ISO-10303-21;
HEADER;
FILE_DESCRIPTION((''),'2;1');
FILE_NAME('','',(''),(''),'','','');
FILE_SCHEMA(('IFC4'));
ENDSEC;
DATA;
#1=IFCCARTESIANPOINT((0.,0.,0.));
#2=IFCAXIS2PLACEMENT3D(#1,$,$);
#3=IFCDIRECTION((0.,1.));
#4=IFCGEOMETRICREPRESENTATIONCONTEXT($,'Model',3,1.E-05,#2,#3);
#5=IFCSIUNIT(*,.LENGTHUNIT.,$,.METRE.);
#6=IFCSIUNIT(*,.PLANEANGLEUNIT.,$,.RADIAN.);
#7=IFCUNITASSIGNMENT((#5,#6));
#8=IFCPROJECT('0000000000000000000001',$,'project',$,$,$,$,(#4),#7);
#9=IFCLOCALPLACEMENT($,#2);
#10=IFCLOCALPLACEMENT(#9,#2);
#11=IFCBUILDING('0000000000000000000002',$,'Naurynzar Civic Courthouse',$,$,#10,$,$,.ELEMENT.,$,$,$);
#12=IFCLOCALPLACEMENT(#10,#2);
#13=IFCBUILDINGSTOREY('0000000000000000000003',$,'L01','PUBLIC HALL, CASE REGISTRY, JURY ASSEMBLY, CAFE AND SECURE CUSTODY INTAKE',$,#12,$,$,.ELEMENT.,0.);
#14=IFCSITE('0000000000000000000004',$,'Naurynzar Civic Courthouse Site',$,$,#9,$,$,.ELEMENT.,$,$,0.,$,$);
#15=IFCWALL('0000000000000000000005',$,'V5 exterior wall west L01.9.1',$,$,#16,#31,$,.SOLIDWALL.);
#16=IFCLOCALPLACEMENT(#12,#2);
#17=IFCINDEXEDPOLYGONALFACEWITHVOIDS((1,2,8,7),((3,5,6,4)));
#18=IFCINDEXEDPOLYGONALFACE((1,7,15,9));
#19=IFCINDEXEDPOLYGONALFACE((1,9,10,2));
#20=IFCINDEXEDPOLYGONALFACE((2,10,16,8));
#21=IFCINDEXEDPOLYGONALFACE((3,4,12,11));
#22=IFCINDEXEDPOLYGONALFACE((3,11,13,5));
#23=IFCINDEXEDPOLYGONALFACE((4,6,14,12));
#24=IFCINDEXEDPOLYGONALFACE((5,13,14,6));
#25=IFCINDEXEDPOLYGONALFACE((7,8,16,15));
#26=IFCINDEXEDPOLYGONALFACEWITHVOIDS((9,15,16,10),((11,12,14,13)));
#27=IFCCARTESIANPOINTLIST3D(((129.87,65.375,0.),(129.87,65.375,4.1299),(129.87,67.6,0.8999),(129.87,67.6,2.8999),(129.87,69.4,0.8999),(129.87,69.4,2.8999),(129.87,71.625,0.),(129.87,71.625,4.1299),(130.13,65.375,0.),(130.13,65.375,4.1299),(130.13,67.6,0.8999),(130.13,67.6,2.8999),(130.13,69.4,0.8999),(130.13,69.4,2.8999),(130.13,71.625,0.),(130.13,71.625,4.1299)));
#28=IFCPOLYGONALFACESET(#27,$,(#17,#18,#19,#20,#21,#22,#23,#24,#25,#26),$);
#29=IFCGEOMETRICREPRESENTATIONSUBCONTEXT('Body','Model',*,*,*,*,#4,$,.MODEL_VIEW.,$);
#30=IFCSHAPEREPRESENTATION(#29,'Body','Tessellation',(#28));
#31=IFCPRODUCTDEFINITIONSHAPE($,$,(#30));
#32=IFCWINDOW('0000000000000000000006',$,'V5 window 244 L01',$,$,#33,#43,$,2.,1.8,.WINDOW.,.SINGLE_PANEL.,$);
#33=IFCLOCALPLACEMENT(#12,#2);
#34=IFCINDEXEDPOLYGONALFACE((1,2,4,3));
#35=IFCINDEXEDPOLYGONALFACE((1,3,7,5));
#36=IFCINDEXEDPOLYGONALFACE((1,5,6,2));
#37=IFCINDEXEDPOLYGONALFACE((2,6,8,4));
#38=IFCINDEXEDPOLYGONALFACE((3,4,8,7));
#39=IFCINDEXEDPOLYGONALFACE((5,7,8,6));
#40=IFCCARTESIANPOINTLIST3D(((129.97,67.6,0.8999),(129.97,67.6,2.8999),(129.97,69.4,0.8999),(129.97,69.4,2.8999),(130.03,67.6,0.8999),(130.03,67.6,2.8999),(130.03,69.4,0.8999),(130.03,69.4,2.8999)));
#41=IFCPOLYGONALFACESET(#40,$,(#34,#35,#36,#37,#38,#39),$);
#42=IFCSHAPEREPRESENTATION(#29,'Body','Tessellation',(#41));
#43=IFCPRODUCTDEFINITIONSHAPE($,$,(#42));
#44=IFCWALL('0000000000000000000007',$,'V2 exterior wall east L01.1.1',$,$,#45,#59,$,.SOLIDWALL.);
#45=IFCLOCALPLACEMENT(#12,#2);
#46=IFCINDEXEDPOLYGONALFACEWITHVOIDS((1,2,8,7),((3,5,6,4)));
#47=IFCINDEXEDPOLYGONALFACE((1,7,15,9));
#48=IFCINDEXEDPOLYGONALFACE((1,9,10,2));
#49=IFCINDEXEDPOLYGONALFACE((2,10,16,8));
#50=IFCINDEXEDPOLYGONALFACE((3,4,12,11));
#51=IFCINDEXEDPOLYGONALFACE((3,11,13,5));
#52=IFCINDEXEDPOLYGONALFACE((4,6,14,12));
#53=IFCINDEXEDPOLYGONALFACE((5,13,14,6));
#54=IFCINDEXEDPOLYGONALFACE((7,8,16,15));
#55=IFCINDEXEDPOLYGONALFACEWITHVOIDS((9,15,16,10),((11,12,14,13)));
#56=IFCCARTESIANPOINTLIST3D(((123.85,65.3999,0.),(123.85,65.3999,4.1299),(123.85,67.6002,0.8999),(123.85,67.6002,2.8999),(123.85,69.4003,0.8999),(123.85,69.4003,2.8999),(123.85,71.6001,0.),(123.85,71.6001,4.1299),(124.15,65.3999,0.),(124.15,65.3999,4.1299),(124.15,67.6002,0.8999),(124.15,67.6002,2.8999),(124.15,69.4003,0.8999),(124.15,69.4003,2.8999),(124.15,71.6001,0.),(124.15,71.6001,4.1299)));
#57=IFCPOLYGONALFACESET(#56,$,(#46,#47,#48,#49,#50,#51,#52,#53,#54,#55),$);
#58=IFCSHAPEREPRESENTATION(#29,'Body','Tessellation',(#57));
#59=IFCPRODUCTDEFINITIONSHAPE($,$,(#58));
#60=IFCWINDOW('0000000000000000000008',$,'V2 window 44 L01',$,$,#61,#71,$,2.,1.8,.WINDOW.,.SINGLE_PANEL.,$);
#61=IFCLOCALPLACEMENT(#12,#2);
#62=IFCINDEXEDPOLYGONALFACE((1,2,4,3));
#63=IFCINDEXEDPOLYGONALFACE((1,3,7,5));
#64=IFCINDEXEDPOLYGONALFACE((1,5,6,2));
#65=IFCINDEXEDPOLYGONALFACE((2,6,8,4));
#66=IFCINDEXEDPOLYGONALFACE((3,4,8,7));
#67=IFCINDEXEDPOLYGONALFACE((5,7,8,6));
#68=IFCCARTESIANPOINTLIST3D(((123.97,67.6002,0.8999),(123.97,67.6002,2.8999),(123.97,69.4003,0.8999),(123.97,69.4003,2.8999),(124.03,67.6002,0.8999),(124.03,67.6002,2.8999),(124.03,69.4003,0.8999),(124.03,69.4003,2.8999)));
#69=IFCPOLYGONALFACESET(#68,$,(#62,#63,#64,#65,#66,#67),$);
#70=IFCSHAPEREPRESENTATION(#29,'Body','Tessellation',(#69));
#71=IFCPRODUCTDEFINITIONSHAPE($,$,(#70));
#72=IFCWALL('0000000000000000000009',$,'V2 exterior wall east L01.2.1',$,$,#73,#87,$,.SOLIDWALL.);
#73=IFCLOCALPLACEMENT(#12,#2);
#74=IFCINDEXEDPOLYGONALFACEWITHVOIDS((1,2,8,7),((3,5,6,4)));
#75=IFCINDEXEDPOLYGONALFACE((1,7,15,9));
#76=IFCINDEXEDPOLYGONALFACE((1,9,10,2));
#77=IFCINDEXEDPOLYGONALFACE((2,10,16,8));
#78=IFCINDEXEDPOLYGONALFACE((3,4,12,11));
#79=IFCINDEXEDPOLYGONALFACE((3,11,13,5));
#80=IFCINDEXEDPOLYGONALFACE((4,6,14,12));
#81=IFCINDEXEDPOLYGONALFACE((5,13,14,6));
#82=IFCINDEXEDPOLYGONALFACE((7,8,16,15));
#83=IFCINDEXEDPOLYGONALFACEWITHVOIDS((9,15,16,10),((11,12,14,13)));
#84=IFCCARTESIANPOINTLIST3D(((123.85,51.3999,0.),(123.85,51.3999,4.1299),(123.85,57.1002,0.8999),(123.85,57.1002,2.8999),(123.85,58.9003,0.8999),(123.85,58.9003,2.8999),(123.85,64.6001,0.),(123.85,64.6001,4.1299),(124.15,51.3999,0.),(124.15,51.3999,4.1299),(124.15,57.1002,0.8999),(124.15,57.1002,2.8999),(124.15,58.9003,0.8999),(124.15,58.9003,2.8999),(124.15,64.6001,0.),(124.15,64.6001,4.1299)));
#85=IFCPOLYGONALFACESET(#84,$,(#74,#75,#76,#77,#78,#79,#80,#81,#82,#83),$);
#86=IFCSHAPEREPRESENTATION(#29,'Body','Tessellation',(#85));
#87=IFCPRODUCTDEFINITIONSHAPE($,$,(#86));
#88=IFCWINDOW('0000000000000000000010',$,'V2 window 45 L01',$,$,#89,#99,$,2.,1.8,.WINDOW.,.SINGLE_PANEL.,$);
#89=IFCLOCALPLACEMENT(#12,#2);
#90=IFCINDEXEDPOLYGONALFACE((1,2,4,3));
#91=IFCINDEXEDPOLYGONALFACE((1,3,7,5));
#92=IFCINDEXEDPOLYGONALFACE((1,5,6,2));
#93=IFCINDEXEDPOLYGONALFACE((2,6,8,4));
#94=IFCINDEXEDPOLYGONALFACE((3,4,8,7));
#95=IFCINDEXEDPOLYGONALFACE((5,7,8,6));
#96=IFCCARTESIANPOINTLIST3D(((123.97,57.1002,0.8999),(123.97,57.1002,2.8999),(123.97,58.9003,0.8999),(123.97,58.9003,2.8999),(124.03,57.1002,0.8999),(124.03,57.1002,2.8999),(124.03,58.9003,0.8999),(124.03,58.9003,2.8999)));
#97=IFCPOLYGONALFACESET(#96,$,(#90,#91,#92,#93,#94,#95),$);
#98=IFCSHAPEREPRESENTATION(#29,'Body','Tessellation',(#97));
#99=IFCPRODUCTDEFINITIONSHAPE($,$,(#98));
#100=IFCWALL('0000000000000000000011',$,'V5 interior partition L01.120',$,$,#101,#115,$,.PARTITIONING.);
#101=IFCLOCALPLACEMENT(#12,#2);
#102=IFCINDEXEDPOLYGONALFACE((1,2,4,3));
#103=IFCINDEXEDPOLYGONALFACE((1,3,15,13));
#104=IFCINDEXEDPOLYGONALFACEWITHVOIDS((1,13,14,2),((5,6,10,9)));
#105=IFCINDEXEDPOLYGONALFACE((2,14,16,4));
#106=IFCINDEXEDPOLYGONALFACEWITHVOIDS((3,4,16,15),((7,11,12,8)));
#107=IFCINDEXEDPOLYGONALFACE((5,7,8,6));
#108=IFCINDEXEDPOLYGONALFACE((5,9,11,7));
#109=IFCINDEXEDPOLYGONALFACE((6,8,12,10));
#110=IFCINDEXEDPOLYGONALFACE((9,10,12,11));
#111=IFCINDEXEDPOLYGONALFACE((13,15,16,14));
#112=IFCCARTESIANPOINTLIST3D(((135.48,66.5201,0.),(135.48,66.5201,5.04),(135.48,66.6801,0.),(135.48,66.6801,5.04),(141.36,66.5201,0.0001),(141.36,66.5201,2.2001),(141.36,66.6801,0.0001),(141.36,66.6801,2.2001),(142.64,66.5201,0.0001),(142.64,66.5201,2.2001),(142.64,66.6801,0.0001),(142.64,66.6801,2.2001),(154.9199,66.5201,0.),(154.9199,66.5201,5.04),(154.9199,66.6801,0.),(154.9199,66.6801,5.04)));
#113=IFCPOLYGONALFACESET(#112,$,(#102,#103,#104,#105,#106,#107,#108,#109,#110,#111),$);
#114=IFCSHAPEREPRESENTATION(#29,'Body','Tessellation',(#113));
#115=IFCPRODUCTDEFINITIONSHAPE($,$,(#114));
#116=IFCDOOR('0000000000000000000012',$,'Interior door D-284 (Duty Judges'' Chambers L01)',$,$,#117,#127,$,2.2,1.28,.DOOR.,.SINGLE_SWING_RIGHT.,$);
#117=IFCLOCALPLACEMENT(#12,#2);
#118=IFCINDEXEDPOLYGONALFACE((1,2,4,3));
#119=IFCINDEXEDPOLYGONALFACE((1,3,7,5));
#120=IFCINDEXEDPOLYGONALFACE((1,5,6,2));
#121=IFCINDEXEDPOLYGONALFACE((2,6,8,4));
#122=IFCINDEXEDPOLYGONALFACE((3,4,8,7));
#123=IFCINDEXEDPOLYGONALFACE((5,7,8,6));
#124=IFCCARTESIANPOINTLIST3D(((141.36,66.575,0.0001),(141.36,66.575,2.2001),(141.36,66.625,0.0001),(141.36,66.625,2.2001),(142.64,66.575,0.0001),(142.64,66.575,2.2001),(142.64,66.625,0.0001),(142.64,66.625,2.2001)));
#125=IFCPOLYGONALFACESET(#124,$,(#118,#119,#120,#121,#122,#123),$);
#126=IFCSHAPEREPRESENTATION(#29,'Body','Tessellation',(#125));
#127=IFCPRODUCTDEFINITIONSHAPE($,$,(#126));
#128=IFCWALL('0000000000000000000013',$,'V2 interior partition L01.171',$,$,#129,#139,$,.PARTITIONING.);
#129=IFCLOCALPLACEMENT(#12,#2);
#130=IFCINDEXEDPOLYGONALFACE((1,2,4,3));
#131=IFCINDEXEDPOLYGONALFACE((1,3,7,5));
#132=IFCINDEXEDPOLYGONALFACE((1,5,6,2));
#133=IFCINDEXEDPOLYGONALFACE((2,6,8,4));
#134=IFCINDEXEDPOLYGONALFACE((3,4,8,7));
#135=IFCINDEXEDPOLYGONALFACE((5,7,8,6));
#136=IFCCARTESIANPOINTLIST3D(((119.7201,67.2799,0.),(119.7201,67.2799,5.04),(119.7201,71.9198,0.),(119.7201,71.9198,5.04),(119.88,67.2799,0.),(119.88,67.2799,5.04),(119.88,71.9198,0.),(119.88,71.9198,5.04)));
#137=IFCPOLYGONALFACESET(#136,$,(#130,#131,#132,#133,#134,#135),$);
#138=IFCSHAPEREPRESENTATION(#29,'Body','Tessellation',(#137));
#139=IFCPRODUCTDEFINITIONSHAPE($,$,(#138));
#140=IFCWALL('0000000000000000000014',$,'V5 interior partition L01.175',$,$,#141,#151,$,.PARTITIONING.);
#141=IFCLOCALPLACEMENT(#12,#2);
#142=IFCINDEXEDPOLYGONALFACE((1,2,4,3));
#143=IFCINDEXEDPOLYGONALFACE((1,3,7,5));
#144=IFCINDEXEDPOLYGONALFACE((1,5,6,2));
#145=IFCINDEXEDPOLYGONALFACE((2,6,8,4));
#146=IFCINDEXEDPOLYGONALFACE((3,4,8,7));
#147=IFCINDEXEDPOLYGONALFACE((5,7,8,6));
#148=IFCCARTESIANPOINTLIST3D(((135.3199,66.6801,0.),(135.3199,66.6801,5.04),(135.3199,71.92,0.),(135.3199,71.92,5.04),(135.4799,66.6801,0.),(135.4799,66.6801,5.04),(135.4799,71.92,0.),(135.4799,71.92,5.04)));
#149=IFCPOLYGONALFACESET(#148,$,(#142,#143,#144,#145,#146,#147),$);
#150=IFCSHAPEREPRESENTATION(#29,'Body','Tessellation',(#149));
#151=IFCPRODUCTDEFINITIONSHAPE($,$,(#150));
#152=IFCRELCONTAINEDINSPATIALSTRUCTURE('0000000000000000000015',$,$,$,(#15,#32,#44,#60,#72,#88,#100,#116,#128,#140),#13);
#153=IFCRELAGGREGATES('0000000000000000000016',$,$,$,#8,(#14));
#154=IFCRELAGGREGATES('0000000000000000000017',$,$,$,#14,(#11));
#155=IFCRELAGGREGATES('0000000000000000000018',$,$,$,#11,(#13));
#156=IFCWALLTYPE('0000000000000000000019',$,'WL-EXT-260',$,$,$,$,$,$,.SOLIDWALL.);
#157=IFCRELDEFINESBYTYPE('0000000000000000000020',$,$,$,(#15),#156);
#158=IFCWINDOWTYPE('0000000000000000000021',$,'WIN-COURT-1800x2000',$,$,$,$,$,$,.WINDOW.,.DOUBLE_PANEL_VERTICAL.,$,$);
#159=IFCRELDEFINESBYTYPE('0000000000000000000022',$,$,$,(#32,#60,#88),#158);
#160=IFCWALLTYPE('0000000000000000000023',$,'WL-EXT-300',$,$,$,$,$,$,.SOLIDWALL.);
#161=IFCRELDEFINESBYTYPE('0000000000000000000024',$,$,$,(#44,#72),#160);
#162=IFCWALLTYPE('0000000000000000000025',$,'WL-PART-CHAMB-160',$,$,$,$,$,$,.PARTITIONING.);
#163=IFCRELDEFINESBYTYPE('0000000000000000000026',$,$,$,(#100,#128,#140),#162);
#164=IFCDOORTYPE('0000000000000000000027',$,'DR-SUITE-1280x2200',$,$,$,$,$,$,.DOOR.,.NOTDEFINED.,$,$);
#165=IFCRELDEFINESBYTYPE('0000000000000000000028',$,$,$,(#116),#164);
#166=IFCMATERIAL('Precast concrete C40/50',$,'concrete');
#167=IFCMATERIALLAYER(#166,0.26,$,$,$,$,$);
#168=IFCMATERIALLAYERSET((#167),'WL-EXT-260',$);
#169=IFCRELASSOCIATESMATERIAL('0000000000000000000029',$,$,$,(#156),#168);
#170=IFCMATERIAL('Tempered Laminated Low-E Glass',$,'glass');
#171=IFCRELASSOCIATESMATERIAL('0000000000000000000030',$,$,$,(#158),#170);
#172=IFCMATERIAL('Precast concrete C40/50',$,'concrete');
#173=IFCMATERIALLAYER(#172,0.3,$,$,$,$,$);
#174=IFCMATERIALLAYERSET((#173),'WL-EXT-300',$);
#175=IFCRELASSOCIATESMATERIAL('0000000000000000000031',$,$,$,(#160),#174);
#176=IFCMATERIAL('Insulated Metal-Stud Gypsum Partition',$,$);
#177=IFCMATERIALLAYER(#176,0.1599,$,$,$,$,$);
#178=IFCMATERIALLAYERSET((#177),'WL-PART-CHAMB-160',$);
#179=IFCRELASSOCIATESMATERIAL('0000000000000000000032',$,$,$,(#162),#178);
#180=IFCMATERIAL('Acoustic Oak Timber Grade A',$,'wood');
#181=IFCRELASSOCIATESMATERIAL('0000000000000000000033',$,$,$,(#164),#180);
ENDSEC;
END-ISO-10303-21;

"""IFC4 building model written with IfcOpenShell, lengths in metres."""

from ifc_helpers import new_model, si_unit, direction, frame, frame_2d, origin, place, context, subcontext, project, spatial, rectangle, extrude, material, layer, layer_set, type_object, element, fill, save


model = new_model("IFC4")

# Units and contexts
model_context = context("Model", 3, precision=1e-05, world=origin(), true_north=direction((0.0, 1.0)))
body_context = subcontext(model_context, "Body", "Model", "MODEL_VIEW")
ifc_project = project(units=[si_unit("LENGTHUNIT", "METRE"), si_unit("PLANEANGLEUNIT", "RADIAN")], contexts=[model_context])

# Site, building, storey
site_placement = place(None, origin())
site = spatial("IfcSite", under=ifc_project, at=site_placement, Name="Naurynzar Civic Courthouse Site", CompositionType="ELEMENT", RefElevation=0.0)
building_placement = place(site_placement, origin())
building = spatial("IfcBuilding", under=site, at=building_placement, Name="Naurynzar Civic Courthouse", CompositionType="ELEMENT")
storey_placement = place(building_placement, origin())
storey = spatial("IfcBuildingStorey", under=building, at=storey_placement, Name="L01", Description="PUBLIC HALL, CASE REGISTRY, JURY ASSEMBLY, CAFE AND SECURE CUSTODY INTAKE", CompositionType="ELEMENT", Elevation=0.0)

# Walls, openings, windows
ifc_material_1 = material(Name="Precast concrete C40/50", Category="concrete")
ifc_layer_1 = layer(ifc_material_1, 0.26)
ifc_layer_set_1 = layer_set([ifc_layer_1], Name="WL-EXT-260")
wall_type_1 = type_object("IfcWallType", Name="WL-EXT-260", PredefinedType="SOLIDWALL", material=ifc_layer_set_1)
wall_1_placement = place(storey_placement, frame((130.0, 65.375, 0.0), z_axis=(0.0, 0.0, 1.0), x_axis=(0.0, 1.0, 0.0)))
wall_1 = element("IfcWall", 1, at=wall_1_placement, inside=storey, type_object=wall_type_1, Name="V5 exterior wall west L01.9.1", PredefinedType="SOLIDWALL", context=body_context, shape_type="SweptSolid", body=[
    extrude(rectangle(XDim=6.25, YDim=0.26, at=frame_2d((3.125, 0.0))), origin(), (0.0, 0.0, 1.0), 4.1299),
])
opening_1_placement = place(wall_1_placement, frame((2.2251, 0.0, 0.8999)))
opening_1 = element("IfcOpeningElement", 2, at=opening_1_placement, cuts=wall_1, PredefinedType="OPENING", context=body_context, shape_type="SweptSolid", body=[
    extrude(rectangle(XDim=1.8, YDim=2.0, at=frame_2d((0.8999, 1.0))), frame((0.0, 0.1399, 0.0), z_axis=(0.0, -1.0, 0.0), x_axis=(1.0, 0.0, 0.0)), (0.0, 0.0, 1.0), 0.28),
])
ifc_material_2 = material(Name="Tempered Laminated Low-E Glass", Category="glass")
window_type = type_object("IfcWindowType", Name="WIN-COURT-1800x2000", PartitioningType="DOUBLE_PANEL_VERTICAL", PredefinedType="WINDOW", material=ifc_material_2)
window_1_placement = place(opening_1_placement, origin())
window_1 = element("IfcWindow", 3, at=window_1_placement, inside=storey, type_object=window_type, Name="V5 window 244 L01", OverallHeight=2.0, OverallWidth=1.8, PartitioningType="SINGLE_PANEL", PredefinedType="WINDOW", context=body_context, shape_type="SweptSolid", body=[
    extrude(rectangle(XDim=1.8, YDim=2.0, at=frame_2d((0.8999, 1.0))), frame((0.0, 0.03, 0.0), z_axis=(0.0, -1.0, 0.0), x_axis=(1.0, 0.0, 0.0)), (0.0, 0.0, 1.0), 0.0601),
])
fill(opening_1, window_1)
ifc_material_3 = material(Name="Precast concrete C40/50", Category="concrete")
ifc_layer_2 = layer(ifc_material_3, 0.3)
ifc_layer_set_2 = layer_set([ifc_layer_2], Name="WL-EXT-300")
wall_type_2 = type_object("IfcWallType", Name="WL-EXT-300", PredefinedType="SOLIDWALL", material=ifc_layer_set_2)
wall_2_placement = place(storey_placement, frame((124.0, 71.6001, 0.0), z_axis=(0.0, 0.0, 1.0), x_axis=(0.0, -1.0, 0.0)))
wall_2 = element("IfcWall", 4, at=wall_2_placement, inside=storey, type_object=wall_type_2, Name="V2 exterior wall east L01.1.1", PredefinedType="SOLIDWALL", context=body_context, shape_type="SweptSolid", body=[
    extrude(rectangle(XDim=6.2002, YDim=0.3, at=frame_2d((3.1001, 0.0))), origin(), (0.0, 0.0, 1.0), 4.1299),
])
opening_2_placement = place(wall_2_placement, frame((2.2, 0.0, 0.8999)))
opening_2 = element("IfcOpeningElement", 5, at=opening_2_placement, cuts=wall_2, PredefinedType="OPENING", context=body_context, shape_type="SweptSolid", body=[
    extrude(rectangle(XDim=1.8, YDim=2.0, at=frame_2d((0.8999, 1.0))), frame((0.0, 0.1599, 0.0), z_axis=(0.0, -1.0, 0.0), x_axis=(1.0, 0.0, 0.0)), (0.0, 0.0, 1.0), 0.3201),
])
window_2_placement = place(opening_2_placement, origin())
window_2 = element("IfcWindow", 6, at=window_2_placement, inside=storey, type_object=window_type, Name="V2 window 44 L01", OverallHeight=2.0, OverallWidth=1.8, PartitioningType="SINGLE_PANEL", PredefinedType="WINDOW", context=body_context, shape_type="SweptSolid", body=[
    extrude(rectangle(XDim=1.8, YDim=2.0, at=frame_2d((0.8999, 1.0))), frame((0.0, 0.03, 0.0), z_axis=(0.0, -1.0, 0.0), x_axis=(1.0, 0.0, 0.0)), (0.0, 0.0, 1.0), 0.0601),
])
fill(opening_2, window_2)
wall_3_placement = place(storey_placement, frame((124.0, 64.6001, 0.0), z_axis=(0.0, 0.0, 1.0), x_axis=(0.0, -1.0, 0.0)))
wall_3 = element("IfcWall", 7, at=wall_3_placement, inside=storey, type_object=wall_type_2, Name="V2 exterior wall east L01.2.1", PredefinedType="SOLIDWALL", context=body_context, shape_type="SweptSolid", body=[
    extrude(rectangle(XDim=13.2002, YDim=0.3, at=frame_2d((6.6001, 0.0))), origin(), (0.0, 0.0, 1.0), 4.1299),
])
opening_3_placement = place(wall_3_placement, frame((5.7, 0.0, 0.8999)))
opening_3 = element("IfcOpeningElement", 8, at=opening_3_placement, cuts=wall_3, PredefinedType="OPENING", context=body_context, shape_type="SweptSolid", body=[
    extrude(rectangle(XDim=1.8, YDim=2.0, at=frame_2d((0.8999, 1.0))), frame((0.0, 0.1599, 0.0), z_axis=(0.0, -1.0, 0.0), x_axis=(1.0, 0.0, 0.0)), (0.0, 0.0, 1.0), 0.3201),
])
window_3_placement = place(opening_3_placement, origin())
window_3 = element("IfcWindow", 9, at=window_3_placement, inside=storey, type_object=window_type, Name="V2 window 45 L01", OverallHeight=2.0, OverallWidth=1.8, PartitioningType="SINGLE_PANEL", PredefinedType="WINDOW", context=body_context, shape_type="SweptSolid", body=[
    extrude(rectangle(XDim=1.8, YDim=2.0, at=frame_2d((0.8999, 1.0))), frame((0.0, 0.03, 0.0), z_axis=(0.0, -1.0, 0.0), x_axis=(1.0, 0.0, 0.0)), (0.0, 0.0, 1.0), 0.0601),
])
fill(opening_3, window_3)

# Wall, opening, door
ifc_material_4 = material(Name="Insulated Metal-Stud Gypsum Partition")
ifc_layer_3 = layer(ifc_material_4, 0.1599)
ifc_layer_set_3 = layer_set([ifc_layer_3], Name="WL-PART-CHAMB-160")
wall_type_3 = type_object("IfcWallType", Name="WL-PART-CHAMB-160", PredefinedType="PARTITIONING", material=ifc_layer_set_3)
wall_4_placement = place(storey_placement, frame((135.48, 66.6001, 0.0), z_axis=(0.0, 0.0, 1.0), x_axis=(1.0, 0.0, 0.0)))
wall_4 = element("IfcWall", 10, at=wall_4_placement, inside=storey, type_object=wall_type_3, Name="V5 interior partition L01.120", PredefinedType="PARTITIONING", context=body_context, shape_type="SweptSolid", body=[
    extrude(rectangle(XDim=19.4399, YDim=0.1599, at=frame_2d((9.72, 0.0))), origin(), (0.0, 0.0, 1.0), 5.04),
])
opening_4_placement = place(wall_4_placement, frame((5.8799, 0.0, 0.0)))
opening_4 = element("IfcOpeningElement", 11, at=opening_4_placement, cuts=wall_4, PredefinedType="OPENING", context=body_context, shape_type="SweptSolid", body=[
    extrude(rectangle(XDim=1.28, YDim=2.2, at=frame_2d((0.6401, 1.1001))), frame((0.0, 0.0898, 0.0), z_axis=(0.0, -1.0, 0.0), x_axis=(1.0, 0.0, 0.0)), (0.0, 0.0, 1.0), 0.1799),
])
ifc_material_5 = material(Name="Acoustic Oak Timber Grade A", Category="wood")
door_type_1 = type_object("IfcDoorType", Name="DR-SUITE-1280x2200", OperationType="NOTDEFINED", PredefinedType="DOOR", material=ifc_material_5)
door_1_placement = place(opening_4_placement, origin())
door_1 = element("IfcDoor", 12, at=door_1_placement, inside=storey, type_object=door_type_1, Name="Interior door D-284 (Duty Judges' Chambers L01)", OperationType="SINGLE_SWING_RIGHT", OverallHeight=2.2, OverallWidth=1.28, PredefinedType="DOOR", context=body_context, shape_type="SweptSolid", body=[
    extrude(rectangle(XDim=1.28, YDim=2.2, at=frame_2d((0.6401, 1.1001))), frame((0.0, 0.0249, 0.0), z_axis=(0.0, -1.0, 0.0), x_axis=(1.0, 0.0, 0.0)), (0.0, 0.0, 1.0), 0.05),
])
fill(opening_4, door_1)

# Walls
wall_5_placement = place(storey_placement, frame((119.8, 67.28, 0.0), z_axis=(0.0, 0.0, 1.0), x_axis=(0.0, 1.0, 0.0)))
element("IfcWall", 13, at=wall_5_placement, inside=storey, type_object=wall_type_3, Name="V2 interior partition L01.171", PredefinedType="PARTITIONING", context=body_context, shape_type="SweptSolid", body=[
    extrude(rectangle(XDim=4.6399, YDim=0.1599, at=frame_2d((2.3198, 0.0))), origin(), (0.0, 0.0, 1.0), 5.04),
])
wall_6_placement = place(storey_placement, frame((135.3999, 66.6799, 0.0), z_axis=(0.0, 0.0, 1.0), x_axis=(0.0, 1.0, 0.0)))
element("IfcWall", 14, at=wall_6_placement, inside=storey, type_object=wall_type_3, Name="V5 interior partition L01.175", PredefinedType="PARTITIONING", context=body_context, shape_type="SweptSolid", body=[
    extrude(rectangle(XDim=5.24, YDim=0.1599, at=frame_2d((2.6201, 0.0))), origin(), (0.0, 0.0, 1.0), 5.04),
])

save(model, "model.ifc")
